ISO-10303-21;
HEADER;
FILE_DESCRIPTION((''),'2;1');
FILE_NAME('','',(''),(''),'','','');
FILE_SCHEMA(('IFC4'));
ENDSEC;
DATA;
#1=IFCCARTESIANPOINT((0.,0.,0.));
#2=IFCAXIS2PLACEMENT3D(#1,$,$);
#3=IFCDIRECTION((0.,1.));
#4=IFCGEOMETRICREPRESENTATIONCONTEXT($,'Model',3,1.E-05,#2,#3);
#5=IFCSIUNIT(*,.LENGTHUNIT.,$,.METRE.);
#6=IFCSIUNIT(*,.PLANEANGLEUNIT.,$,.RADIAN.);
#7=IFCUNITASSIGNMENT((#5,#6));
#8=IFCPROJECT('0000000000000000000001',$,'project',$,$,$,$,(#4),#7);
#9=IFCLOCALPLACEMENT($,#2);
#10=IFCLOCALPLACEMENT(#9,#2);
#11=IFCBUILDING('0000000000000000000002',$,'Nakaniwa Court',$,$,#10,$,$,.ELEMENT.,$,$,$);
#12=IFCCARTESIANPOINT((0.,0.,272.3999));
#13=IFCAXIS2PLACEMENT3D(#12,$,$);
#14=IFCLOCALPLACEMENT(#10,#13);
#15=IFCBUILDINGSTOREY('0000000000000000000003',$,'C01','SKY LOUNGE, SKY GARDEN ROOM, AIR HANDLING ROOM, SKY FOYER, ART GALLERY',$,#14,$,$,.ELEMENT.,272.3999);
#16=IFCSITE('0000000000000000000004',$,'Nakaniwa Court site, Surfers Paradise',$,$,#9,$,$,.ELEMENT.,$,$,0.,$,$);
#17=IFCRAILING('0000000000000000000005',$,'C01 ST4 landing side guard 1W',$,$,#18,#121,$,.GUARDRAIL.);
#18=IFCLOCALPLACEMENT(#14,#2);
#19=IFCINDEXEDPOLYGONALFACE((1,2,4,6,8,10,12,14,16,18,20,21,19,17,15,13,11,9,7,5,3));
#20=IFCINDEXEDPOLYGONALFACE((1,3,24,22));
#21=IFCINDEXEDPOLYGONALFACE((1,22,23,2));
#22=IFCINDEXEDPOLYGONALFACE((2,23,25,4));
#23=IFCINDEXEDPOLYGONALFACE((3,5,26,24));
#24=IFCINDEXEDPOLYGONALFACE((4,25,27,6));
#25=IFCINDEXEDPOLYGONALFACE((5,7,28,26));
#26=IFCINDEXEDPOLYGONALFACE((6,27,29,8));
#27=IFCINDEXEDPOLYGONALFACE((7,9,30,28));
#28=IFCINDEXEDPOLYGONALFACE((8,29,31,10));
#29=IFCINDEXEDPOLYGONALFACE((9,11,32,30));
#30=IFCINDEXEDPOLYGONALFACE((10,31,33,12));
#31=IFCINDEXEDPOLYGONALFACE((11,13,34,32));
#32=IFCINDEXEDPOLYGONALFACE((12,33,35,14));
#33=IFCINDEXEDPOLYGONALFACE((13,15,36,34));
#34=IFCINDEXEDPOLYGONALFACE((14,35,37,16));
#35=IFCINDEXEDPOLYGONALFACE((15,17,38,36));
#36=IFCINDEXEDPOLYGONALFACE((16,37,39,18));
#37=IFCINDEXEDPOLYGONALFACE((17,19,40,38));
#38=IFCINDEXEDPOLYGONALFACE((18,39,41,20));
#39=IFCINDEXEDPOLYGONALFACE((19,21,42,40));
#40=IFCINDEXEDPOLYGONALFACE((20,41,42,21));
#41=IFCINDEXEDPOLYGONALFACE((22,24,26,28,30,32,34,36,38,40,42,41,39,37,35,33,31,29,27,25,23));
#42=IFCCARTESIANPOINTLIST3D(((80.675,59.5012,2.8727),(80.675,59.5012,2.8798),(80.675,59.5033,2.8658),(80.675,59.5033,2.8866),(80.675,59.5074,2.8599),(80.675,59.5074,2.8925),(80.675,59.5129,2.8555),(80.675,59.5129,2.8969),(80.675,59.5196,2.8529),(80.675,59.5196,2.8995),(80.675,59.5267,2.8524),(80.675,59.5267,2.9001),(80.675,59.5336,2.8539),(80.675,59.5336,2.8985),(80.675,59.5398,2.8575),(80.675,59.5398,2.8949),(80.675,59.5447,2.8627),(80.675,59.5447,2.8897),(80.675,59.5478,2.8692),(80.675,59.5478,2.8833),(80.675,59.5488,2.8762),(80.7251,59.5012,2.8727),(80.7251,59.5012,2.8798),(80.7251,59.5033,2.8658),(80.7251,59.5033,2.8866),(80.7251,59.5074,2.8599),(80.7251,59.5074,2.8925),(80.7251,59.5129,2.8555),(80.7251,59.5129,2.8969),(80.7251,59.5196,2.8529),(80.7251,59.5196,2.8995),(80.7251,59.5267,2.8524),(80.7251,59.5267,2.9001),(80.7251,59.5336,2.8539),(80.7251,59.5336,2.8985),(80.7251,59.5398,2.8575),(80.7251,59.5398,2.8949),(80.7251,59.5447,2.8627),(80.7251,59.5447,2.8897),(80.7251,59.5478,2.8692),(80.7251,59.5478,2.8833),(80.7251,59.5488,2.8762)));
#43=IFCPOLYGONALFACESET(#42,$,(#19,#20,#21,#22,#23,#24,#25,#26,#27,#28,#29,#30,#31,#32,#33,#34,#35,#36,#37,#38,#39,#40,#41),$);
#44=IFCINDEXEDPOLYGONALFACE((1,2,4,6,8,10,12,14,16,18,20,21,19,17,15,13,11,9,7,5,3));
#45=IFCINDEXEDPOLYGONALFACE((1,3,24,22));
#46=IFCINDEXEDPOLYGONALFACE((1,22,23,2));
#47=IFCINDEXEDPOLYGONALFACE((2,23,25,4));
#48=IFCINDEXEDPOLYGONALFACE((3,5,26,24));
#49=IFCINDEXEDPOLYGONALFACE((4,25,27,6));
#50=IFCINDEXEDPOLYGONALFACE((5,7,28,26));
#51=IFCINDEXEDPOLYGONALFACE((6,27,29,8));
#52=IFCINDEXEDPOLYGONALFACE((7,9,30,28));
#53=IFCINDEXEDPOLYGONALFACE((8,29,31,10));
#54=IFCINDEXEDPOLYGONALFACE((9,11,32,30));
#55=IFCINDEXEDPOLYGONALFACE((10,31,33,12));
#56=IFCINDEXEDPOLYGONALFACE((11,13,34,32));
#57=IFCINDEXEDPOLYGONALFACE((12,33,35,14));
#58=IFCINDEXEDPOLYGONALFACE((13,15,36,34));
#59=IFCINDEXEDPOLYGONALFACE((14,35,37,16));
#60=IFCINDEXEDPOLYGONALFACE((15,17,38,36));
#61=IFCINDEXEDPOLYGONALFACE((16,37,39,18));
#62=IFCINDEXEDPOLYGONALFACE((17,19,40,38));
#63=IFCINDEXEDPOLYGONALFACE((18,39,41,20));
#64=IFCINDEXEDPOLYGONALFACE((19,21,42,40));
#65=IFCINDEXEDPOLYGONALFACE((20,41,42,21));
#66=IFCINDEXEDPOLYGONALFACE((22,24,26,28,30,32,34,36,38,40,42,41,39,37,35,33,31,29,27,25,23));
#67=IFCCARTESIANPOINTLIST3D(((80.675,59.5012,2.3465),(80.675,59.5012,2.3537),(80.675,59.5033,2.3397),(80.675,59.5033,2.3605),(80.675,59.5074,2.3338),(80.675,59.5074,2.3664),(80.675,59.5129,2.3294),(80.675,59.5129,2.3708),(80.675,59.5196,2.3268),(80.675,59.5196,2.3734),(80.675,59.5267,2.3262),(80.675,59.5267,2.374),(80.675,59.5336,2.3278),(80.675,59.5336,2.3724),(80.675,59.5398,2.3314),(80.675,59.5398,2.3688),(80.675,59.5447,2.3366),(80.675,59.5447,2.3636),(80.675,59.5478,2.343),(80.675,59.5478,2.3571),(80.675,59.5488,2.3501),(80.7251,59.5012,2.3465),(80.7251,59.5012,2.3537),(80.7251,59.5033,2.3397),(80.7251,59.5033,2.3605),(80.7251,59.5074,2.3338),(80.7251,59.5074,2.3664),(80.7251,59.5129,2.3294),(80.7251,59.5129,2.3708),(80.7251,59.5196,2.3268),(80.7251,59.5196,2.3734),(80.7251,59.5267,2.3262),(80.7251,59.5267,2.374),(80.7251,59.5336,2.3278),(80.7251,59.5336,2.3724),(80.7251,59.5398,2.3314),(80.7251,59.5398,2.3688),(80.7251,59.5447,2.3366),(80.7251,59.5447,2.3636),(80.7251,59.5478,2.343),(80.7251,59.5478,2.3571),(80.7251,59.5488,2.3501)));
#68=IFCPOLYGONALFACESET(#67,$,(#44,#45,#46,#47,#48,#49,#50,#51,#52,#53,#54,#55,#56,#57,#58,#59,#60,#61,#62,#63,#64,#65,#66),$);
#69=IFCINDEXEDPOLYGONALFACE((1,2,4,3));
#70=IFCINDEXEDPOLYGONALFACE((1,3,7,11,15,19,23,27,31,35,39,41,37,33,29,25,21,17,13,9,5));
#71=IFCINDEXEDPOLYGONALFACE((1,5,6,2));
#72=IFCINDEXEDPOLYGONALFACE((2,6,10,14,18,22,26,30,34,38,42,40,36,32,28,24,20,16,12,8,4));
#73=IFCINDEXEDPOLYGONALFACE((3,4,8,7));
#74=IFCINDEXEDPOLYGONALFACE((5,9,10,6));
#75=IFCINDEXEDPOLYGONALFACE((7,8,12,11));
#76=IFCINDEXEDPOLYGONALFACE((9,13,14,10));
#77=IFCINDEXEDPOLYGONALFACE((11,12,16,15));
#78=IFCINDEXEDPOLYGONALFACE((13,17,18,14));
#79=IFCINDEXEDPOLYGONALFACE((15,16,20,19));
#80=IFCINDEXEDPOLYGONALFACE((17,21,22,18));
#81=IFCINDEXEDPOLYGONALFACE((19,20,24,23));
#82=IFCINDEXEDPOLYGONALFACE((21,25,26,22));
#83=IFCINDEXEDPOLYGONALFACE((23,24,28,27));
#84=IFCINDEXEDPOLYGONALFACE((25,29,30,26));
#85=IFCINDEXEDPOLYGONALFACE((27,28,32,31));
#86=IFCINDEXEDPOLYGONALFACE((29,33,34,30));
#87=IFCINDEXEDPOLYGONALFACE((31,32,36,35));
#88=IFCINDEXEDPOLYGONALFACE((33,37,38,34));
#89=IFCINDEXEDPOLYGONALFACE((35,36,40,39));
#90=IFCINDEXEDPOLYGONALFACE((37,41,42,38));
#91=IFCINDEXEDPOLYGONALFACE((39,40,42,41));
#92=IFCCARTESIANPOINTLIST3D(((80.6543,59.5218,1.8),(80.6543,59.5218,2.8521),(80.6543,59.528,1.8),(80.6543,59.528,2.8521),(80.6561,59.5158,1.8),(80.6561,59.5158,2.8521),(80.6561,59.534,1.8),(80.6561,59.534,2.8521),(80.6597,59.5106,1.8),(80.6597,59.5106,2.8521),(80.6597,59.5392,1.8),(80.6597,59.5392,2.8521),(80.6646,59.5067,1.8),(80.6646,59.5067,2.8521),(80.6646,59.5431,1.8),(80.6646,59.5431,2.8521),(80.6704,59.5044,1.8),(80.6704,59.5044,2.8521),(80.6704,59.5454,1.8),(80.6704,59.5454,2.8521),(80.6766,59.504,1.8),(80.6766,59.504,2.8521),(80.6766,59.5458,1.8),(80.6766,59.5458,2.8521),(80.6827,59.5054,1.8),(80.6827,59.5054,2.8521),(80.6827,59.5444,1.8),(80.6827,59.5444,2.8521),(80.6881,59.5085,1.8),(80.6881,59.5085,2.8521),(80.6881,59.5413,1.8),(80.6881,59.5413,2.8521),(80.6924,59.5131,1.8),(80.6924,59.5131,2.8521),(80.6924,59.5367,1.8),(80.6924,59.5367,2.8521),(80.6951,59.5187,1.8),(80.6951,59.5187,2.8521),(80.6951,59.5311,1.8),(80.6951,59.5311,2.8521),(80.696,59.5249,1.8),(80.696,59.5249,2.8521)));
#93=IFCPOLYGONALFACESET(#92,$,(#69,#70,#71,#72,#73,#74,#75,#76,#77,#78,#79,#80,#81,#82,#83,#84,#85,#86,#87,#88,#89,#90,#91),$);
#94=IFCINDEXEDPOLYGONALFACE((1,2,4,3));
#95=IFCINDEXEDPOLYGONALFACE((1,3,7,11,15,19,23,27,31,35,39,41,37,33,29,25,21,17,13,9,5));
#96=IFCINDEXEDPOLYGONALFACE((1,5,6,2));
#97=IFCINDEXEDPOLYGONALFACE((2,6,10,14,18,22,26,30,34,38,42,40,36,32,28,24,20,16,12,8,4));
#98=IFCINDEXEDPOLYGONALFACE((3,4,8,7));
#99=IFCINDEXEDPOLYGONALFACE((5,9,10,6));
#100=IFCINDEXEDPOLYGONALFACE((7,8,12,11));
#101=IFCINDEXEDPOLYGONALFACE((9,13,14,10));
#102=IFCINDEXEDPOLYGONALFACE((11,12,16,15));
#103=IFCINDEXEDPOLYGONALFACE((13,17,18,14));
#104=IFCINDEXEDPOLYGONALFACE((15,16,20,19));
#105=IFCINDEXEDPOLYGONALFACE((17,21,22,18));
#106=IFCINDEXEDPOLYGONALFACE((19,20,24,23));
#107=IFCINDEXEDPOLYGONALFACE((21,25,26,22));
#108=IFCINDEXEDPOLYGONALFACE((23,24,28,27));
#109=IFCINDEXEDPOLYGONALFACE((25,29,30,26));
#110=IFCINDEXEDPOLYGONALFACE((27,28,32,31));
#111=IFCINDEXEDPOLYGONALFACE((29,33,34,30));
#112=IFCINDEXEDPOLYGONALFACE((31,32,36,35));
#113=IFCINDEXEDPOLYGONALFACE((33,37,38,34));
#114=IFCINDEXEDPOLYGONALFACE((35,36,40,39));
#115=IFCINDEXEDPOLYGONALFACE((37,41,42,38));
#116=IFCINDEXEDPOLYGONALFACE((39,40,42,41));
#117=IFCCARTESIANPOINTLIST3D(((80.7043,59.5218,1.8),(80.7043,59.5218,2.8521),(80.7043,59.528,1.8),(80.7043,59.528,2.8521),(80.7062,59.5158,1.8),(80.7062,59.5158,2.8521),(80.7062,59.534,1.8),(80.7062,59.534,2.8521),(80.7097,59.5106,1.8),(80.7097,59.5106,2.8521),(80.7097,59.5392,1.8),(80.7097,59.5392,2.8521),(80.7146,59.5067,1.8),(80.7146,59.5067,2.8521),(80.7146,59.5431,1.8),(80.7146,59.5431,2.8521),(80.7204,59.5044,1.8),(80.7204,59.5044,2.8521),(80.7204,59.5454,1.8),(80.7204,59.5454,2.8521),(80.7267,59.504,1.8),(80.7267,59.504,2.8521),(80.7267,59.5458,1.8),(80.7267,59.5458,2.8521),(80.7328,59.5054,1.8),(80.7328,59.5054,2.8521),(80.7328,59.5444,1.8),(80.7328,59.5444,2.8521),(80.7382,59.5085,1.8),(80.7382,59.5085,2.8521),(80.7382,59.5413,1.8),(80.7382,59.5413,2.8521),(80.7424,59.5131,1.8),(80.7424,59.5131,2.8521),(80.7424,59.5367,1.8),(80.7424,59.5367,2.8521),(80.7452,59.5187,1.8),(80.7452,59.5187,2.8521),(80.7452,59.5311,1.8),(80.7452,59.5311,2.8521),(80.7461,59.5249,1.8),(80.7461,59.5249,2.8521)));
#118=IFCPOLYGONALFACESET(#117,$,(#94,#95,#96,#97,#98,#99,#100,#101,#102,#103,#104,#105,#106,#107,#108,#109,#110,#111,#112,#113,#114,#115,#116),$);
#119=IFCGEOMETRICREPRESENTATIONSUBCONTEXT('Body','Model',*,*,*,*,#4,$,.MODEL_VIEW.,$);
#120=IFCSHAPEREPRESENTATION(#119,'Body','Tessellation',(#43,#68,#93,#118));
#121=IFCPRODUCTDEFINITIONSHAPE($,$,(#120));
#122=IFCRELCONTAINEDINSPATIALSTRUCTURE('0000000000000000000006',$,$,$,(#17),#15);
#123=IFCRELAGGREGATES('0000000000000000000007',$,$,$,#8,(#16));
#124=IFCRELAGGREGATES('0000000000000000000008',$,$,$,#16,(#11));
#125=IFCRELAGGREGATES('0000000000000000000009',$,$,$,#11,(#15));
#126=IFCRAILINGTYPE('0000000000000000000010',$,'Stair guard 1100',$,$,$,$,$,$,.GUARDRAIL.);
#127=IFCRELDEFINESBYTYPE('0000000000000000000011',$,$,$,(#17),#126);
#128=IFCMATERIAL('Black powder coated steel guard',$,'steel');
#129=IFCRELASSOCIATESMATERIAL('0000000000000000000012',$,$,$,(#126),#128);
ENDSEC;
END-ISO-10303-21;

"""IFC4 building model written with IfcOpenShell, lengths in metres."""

from ifc_helpers import new_model, si_unit, direction, frame, origin, origin_2d, place, context, subcontext, project, spatial, circle, extrude, material, type_object, element, save


model = new_model("IFC4")

# Units and contexts
model_context = context("Model", 3, precision=1e-05, world=origin(), true_north=direction((0.0, 1.0)))
body_context = subcontext(model_context, "Body", "Model", "MODEL_VIEW")
ifc_project = project(units=[si_unit("LENGTHUNIT", "METRE"), si_unit("PLANEANGLEUNIT", "RADIAN")], contexts=[model_context])

# Site, building, storey
site_placement = place(None, origin())
site = spatial("IfcSite", under=ifc_project, at=site_placement, Name="Nakaniwa Court site, Surfers Paradise", CompositionType="ELEMENT", RefElevation=0.0)
building_placement = place(site_placement, origin())
building = spatial("IfcBuilding", under=site, at=building_placement, Name="Nakaniwa Court", CompositionType="ELEMENT")
storey_placement = place(building_placement, frame((0.0, 0.0, 272.3999)))
storey = spatial("IfcBuildingStorey", under=building, at=storey_placement, Name="C01", Description="SKY LOUNGE, SKY GARDEN ROOM, AIR HANDLING ROOM, SKY FOYER, ART GALLERY", CompositionType="ELEMENT", Elevation=272.3999)

# Railing
ifc_material_1 = material(Name="Black powder coated steel guard", Category="steel")
railing_type_1 = type_object("IfcRailingType", Name="Stair guard 1100", PredefinedType="GUARDRAIL", material=ifc_material_1)
for number, where, name in (
    (1, (80.675, 59.5249, 1.8), "C01 ST4 landing side guard 1W"),
):
    element("IfcRailing", number, at=place(storey_placement, frame(where)), inside=storey, type_object=railing_type_1, Name=name, PredefinedType="GUARDRAIL", context=body_context, shape_type="SweptSolid", body=[
        extrude(circle(Radius=0.0239, at=origin_2d()), frame((0.0, 0.0, 1.0762), z_axis=(1.0, 0.0, 0.0), x_axis=(0.0, 1.0, 0.0)), (0.0, 0.0, 1.0), 0.05),
        extrude(circle(Radius=0.0239, at=origin_2d()), frame((0.0, 0.0, 0.55), z_axis=(1.0, 0.0, 0.0), x_axis=(0.0, 1.0, 0.0)), (0.0, 0.0, 1.0), 0.05),
        extrude(circle(Radius=0.021, at=origin_2d()), origin(), (0.0, 0.0, 1.0), 1.052),
        extrude(circle(Radius=0.021, at=origin_2d()), frame((0.05, 0.0, 0.0)), (0.0, 0.0, 1.0), 1.052),
    ])

save(model, "model.ifc")
